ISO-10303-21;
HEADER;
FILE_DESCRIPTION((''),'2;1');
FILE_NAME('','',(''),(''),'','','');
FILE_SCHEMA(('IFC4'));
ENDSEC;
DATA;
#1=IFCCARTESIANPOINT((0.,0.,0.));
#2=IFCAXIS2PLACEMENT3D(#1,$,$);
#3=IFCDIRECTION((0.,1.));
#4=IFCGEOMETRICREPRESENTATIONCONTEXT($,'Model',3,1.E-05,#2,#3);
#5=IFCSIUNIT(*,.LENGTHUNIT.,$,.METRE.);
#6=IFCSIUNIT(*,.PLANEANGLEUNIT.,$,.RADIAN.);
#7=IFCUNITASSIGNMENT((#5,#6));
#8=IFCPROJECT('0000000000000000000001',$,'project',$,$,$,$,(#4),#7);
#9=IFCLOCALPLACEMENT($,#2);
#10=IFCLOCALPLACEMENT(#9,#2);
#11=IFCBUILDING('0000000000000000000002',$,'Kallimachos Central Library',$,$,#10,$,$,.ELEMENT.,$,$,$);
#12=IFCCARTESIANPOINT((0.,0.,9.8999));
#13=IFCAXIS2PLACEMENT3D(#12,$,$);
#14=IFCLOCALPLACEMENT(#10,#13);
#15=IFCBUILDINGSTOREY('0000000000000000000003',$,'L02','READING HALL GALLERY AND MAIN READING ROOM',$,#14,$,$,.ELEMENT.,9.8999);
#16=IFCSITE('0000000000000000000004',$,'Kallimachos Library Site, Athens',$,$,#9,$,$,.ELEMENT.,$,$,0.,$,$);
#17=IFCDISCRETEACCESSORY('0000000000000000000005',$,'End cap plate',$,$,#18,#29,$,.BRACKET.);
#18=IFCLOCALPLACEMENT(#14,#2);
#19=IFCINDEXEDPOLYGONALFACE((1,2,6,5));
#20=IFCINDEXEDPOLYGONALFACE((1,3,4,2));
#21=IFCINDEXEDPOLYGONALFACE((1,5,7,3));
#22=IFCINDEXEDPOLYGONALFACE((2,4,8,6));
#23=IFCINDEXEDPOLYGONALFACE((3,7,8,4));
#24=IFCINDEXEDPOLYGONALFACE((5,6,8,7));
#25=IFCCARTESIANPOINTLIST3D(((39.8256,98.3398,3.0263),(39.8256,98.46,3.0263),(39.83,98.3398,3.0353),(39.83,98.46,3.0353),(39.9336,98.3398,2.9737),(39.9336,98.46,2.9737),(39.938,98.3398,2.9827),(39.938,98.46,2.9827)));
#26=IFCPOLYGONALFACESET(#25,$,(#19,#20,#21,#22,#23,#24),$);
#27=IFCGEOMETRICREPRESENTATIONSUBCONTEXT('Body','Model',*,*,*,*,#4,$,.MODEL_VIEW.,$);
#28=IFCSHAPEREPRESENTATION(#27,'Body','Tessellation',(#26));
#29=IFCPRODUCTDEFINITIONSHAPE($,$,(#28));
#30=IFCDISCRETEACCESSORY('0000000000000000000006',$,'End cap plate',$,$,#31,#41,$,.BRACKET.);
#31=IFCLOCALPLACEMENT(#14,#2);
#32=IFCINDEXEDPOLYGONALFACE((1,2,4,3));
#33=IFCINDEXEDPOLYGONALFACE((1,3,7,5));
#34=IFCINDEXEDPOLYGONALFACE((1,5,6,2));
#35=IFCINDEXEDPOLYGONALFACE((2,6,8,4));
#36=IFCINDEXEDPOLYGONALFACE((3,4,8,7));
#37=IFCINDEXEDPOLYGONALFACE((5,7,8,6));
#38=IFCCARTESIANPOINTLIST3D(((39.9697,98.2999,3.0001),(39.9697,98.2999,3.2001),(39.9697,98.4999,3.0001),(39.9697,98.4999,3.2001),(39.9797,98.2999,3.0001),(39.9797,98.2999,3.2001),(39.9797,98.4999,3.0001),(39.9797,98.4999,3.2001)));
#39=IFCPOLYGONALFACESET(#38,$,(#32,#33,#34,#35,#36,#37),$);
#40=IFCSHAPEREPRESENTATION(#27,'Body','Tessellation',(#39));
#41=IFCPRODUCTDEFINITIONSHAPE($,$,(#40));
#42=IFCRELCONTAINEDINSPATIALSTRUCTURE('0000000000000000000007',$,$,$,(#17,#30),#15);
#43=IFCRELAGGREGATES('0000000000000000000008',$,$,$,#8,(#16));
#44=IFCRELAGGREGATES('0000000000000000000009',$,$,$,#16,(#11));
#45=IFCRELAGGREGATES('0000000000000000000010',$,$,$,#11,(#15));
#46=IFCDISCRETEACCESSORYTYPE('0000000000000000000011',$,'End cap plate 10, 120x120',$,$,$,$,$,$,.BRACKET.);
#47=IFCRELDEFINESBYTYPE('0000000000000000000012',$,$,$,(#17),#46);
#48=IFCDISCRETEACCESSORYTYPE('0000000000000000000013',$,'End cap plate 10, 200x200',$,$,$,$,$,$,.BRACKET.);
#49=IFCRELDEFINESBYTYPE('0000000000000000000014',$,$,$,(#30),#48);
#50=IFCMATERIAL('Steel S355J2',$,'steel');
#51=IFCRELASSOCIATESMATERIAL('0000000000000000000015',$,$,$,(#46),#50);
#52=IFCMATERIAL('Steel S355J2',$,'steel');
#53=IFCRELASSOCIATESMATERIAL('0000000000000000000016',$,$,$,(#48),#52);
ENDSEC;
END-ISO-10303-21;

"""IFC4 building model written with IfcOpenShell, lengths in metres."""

from ifc_helpers import new_model, si_unit, direction, frame, origin, origin_2d, place, context, subcontext, project, spatial, rectangle, extrude, material, material_profile, profile_set, type_object, element, save


model = new_model("IFC4")

# Units and contexts
model_context = context("Model", 3, precision=1e-05, world=origin(), true_north=direction((0.0, 1.0)))
body_context = subcontext(model_context, "Body", "Model", "MODEL_VIEW")
ifc_project = project(units=[si_unit("LENGTHUNIT", "METRE"), si_unit("PLANEANGLEUNIT", "RADIAN")], contexts=[model_context])

# Site, building, storey
site_placement = place(None, origin())
site = spatial("IfcSite", under=ifc_project, at=site_placement, Name="Kallimachos Library Site, Athens", CompositionType="ELEMENT", RefElevation=0.0)
building_placement = place(site_placement, origin())
building = spatial("IfcBuilding", under=site, at=building_placement, Name="Kallimachos Central Library", CompositionType="ELEMENT")
storey_placement = place(building_placement, frame((0.0, 0.0, 9.8999)))
storey = spatial("IfcBuildingStorey", under=building, at=storey_placement, Name="L02", Description="READING HALL GALLERY AND MAIN READING ROOM", CompositionType="ELEMENT", Elevation=9.8999)

# Discrete accessories
ifc_material_1 = material(Name="Steel S355J2", Category="steel")
ifc_material_profile_1 = material_profile(ifc_material_1, rectangle(XDim=0.1201, YDim=0.1201, at=origin_2d()), Name="End cap plate 10, 120x120")
ifc_profile_set_1 = profile_set([ifc_material_profile_1], Name="Steel S355J2")
discrete_accessory_type_1 = type_object("IfcDiscreteAccessoryType", Name="End cap plate 10, 120x120", PredefinedType="BRACKET", material=ifc_profile_set_1)
discrete_accessory_1_placement = place(storey_placement, frame((39.8796, 98.3999, 3.0), z_axis=(0.437466, 0.0, 0.899235), x_axis=(0.0, 1.0, 0.0)))
element("IfcDiscreteAccessory", 1, at=discrete_accessory_1_placement, inside=storey, type_object=discrete_accessory_type_1, Name="End cap plate", PredefinedType="BRACKET", context=body_context, shape_type="SweptSolid", body=[
    extrude(rectangle(XDim=0.1201, YDim=0.1201, at=origin_2d()), origin(), (0.0, 0.0, 1.0), 0.01),
])
ifc_material_2 = material(Name="Steel S355J2", Category="steel")
ifc_material_profile_2 = material_profile(ifc_material_2, rectangle(XDim=0.2, YDim=0.2, at=origin_2d()), Name="End cap plate 10, 200x200")
ifc_profile_set_2 = profile_set([ifc_material_profile_2], Name="Steel S355J2")
discrete_accessory_type_2 = type_object("IfcDiscreteAccessoryType", Name="End cap plate 10, 200x200", PredefinedType="BRACKET", material=ifc_profile_set_2)
discrete_accessory_2_placement = place(storey_placement, frame((39.9697, 98.3999, 3.1001), z_axis=(1.0, 0.0, 0.0), x_axis=(0.0, 1.0, 0.0)))
element("IfcDiscreteAccessory", 2, at=discrete_accessory_2_placement, inside=storey, type_object=discrete_accessory_type_2, Name="End cap plate", PredefinedType="BRACKET", context=body_context, shape_type="SweptSolid", body=[
    extrude(rectangle(XDim=0.2, YDim=0.2, at=origin_2d()), origin(), (0.0, 0.0, 1.0), 0.01),
])

save(model, "model.ifc")
